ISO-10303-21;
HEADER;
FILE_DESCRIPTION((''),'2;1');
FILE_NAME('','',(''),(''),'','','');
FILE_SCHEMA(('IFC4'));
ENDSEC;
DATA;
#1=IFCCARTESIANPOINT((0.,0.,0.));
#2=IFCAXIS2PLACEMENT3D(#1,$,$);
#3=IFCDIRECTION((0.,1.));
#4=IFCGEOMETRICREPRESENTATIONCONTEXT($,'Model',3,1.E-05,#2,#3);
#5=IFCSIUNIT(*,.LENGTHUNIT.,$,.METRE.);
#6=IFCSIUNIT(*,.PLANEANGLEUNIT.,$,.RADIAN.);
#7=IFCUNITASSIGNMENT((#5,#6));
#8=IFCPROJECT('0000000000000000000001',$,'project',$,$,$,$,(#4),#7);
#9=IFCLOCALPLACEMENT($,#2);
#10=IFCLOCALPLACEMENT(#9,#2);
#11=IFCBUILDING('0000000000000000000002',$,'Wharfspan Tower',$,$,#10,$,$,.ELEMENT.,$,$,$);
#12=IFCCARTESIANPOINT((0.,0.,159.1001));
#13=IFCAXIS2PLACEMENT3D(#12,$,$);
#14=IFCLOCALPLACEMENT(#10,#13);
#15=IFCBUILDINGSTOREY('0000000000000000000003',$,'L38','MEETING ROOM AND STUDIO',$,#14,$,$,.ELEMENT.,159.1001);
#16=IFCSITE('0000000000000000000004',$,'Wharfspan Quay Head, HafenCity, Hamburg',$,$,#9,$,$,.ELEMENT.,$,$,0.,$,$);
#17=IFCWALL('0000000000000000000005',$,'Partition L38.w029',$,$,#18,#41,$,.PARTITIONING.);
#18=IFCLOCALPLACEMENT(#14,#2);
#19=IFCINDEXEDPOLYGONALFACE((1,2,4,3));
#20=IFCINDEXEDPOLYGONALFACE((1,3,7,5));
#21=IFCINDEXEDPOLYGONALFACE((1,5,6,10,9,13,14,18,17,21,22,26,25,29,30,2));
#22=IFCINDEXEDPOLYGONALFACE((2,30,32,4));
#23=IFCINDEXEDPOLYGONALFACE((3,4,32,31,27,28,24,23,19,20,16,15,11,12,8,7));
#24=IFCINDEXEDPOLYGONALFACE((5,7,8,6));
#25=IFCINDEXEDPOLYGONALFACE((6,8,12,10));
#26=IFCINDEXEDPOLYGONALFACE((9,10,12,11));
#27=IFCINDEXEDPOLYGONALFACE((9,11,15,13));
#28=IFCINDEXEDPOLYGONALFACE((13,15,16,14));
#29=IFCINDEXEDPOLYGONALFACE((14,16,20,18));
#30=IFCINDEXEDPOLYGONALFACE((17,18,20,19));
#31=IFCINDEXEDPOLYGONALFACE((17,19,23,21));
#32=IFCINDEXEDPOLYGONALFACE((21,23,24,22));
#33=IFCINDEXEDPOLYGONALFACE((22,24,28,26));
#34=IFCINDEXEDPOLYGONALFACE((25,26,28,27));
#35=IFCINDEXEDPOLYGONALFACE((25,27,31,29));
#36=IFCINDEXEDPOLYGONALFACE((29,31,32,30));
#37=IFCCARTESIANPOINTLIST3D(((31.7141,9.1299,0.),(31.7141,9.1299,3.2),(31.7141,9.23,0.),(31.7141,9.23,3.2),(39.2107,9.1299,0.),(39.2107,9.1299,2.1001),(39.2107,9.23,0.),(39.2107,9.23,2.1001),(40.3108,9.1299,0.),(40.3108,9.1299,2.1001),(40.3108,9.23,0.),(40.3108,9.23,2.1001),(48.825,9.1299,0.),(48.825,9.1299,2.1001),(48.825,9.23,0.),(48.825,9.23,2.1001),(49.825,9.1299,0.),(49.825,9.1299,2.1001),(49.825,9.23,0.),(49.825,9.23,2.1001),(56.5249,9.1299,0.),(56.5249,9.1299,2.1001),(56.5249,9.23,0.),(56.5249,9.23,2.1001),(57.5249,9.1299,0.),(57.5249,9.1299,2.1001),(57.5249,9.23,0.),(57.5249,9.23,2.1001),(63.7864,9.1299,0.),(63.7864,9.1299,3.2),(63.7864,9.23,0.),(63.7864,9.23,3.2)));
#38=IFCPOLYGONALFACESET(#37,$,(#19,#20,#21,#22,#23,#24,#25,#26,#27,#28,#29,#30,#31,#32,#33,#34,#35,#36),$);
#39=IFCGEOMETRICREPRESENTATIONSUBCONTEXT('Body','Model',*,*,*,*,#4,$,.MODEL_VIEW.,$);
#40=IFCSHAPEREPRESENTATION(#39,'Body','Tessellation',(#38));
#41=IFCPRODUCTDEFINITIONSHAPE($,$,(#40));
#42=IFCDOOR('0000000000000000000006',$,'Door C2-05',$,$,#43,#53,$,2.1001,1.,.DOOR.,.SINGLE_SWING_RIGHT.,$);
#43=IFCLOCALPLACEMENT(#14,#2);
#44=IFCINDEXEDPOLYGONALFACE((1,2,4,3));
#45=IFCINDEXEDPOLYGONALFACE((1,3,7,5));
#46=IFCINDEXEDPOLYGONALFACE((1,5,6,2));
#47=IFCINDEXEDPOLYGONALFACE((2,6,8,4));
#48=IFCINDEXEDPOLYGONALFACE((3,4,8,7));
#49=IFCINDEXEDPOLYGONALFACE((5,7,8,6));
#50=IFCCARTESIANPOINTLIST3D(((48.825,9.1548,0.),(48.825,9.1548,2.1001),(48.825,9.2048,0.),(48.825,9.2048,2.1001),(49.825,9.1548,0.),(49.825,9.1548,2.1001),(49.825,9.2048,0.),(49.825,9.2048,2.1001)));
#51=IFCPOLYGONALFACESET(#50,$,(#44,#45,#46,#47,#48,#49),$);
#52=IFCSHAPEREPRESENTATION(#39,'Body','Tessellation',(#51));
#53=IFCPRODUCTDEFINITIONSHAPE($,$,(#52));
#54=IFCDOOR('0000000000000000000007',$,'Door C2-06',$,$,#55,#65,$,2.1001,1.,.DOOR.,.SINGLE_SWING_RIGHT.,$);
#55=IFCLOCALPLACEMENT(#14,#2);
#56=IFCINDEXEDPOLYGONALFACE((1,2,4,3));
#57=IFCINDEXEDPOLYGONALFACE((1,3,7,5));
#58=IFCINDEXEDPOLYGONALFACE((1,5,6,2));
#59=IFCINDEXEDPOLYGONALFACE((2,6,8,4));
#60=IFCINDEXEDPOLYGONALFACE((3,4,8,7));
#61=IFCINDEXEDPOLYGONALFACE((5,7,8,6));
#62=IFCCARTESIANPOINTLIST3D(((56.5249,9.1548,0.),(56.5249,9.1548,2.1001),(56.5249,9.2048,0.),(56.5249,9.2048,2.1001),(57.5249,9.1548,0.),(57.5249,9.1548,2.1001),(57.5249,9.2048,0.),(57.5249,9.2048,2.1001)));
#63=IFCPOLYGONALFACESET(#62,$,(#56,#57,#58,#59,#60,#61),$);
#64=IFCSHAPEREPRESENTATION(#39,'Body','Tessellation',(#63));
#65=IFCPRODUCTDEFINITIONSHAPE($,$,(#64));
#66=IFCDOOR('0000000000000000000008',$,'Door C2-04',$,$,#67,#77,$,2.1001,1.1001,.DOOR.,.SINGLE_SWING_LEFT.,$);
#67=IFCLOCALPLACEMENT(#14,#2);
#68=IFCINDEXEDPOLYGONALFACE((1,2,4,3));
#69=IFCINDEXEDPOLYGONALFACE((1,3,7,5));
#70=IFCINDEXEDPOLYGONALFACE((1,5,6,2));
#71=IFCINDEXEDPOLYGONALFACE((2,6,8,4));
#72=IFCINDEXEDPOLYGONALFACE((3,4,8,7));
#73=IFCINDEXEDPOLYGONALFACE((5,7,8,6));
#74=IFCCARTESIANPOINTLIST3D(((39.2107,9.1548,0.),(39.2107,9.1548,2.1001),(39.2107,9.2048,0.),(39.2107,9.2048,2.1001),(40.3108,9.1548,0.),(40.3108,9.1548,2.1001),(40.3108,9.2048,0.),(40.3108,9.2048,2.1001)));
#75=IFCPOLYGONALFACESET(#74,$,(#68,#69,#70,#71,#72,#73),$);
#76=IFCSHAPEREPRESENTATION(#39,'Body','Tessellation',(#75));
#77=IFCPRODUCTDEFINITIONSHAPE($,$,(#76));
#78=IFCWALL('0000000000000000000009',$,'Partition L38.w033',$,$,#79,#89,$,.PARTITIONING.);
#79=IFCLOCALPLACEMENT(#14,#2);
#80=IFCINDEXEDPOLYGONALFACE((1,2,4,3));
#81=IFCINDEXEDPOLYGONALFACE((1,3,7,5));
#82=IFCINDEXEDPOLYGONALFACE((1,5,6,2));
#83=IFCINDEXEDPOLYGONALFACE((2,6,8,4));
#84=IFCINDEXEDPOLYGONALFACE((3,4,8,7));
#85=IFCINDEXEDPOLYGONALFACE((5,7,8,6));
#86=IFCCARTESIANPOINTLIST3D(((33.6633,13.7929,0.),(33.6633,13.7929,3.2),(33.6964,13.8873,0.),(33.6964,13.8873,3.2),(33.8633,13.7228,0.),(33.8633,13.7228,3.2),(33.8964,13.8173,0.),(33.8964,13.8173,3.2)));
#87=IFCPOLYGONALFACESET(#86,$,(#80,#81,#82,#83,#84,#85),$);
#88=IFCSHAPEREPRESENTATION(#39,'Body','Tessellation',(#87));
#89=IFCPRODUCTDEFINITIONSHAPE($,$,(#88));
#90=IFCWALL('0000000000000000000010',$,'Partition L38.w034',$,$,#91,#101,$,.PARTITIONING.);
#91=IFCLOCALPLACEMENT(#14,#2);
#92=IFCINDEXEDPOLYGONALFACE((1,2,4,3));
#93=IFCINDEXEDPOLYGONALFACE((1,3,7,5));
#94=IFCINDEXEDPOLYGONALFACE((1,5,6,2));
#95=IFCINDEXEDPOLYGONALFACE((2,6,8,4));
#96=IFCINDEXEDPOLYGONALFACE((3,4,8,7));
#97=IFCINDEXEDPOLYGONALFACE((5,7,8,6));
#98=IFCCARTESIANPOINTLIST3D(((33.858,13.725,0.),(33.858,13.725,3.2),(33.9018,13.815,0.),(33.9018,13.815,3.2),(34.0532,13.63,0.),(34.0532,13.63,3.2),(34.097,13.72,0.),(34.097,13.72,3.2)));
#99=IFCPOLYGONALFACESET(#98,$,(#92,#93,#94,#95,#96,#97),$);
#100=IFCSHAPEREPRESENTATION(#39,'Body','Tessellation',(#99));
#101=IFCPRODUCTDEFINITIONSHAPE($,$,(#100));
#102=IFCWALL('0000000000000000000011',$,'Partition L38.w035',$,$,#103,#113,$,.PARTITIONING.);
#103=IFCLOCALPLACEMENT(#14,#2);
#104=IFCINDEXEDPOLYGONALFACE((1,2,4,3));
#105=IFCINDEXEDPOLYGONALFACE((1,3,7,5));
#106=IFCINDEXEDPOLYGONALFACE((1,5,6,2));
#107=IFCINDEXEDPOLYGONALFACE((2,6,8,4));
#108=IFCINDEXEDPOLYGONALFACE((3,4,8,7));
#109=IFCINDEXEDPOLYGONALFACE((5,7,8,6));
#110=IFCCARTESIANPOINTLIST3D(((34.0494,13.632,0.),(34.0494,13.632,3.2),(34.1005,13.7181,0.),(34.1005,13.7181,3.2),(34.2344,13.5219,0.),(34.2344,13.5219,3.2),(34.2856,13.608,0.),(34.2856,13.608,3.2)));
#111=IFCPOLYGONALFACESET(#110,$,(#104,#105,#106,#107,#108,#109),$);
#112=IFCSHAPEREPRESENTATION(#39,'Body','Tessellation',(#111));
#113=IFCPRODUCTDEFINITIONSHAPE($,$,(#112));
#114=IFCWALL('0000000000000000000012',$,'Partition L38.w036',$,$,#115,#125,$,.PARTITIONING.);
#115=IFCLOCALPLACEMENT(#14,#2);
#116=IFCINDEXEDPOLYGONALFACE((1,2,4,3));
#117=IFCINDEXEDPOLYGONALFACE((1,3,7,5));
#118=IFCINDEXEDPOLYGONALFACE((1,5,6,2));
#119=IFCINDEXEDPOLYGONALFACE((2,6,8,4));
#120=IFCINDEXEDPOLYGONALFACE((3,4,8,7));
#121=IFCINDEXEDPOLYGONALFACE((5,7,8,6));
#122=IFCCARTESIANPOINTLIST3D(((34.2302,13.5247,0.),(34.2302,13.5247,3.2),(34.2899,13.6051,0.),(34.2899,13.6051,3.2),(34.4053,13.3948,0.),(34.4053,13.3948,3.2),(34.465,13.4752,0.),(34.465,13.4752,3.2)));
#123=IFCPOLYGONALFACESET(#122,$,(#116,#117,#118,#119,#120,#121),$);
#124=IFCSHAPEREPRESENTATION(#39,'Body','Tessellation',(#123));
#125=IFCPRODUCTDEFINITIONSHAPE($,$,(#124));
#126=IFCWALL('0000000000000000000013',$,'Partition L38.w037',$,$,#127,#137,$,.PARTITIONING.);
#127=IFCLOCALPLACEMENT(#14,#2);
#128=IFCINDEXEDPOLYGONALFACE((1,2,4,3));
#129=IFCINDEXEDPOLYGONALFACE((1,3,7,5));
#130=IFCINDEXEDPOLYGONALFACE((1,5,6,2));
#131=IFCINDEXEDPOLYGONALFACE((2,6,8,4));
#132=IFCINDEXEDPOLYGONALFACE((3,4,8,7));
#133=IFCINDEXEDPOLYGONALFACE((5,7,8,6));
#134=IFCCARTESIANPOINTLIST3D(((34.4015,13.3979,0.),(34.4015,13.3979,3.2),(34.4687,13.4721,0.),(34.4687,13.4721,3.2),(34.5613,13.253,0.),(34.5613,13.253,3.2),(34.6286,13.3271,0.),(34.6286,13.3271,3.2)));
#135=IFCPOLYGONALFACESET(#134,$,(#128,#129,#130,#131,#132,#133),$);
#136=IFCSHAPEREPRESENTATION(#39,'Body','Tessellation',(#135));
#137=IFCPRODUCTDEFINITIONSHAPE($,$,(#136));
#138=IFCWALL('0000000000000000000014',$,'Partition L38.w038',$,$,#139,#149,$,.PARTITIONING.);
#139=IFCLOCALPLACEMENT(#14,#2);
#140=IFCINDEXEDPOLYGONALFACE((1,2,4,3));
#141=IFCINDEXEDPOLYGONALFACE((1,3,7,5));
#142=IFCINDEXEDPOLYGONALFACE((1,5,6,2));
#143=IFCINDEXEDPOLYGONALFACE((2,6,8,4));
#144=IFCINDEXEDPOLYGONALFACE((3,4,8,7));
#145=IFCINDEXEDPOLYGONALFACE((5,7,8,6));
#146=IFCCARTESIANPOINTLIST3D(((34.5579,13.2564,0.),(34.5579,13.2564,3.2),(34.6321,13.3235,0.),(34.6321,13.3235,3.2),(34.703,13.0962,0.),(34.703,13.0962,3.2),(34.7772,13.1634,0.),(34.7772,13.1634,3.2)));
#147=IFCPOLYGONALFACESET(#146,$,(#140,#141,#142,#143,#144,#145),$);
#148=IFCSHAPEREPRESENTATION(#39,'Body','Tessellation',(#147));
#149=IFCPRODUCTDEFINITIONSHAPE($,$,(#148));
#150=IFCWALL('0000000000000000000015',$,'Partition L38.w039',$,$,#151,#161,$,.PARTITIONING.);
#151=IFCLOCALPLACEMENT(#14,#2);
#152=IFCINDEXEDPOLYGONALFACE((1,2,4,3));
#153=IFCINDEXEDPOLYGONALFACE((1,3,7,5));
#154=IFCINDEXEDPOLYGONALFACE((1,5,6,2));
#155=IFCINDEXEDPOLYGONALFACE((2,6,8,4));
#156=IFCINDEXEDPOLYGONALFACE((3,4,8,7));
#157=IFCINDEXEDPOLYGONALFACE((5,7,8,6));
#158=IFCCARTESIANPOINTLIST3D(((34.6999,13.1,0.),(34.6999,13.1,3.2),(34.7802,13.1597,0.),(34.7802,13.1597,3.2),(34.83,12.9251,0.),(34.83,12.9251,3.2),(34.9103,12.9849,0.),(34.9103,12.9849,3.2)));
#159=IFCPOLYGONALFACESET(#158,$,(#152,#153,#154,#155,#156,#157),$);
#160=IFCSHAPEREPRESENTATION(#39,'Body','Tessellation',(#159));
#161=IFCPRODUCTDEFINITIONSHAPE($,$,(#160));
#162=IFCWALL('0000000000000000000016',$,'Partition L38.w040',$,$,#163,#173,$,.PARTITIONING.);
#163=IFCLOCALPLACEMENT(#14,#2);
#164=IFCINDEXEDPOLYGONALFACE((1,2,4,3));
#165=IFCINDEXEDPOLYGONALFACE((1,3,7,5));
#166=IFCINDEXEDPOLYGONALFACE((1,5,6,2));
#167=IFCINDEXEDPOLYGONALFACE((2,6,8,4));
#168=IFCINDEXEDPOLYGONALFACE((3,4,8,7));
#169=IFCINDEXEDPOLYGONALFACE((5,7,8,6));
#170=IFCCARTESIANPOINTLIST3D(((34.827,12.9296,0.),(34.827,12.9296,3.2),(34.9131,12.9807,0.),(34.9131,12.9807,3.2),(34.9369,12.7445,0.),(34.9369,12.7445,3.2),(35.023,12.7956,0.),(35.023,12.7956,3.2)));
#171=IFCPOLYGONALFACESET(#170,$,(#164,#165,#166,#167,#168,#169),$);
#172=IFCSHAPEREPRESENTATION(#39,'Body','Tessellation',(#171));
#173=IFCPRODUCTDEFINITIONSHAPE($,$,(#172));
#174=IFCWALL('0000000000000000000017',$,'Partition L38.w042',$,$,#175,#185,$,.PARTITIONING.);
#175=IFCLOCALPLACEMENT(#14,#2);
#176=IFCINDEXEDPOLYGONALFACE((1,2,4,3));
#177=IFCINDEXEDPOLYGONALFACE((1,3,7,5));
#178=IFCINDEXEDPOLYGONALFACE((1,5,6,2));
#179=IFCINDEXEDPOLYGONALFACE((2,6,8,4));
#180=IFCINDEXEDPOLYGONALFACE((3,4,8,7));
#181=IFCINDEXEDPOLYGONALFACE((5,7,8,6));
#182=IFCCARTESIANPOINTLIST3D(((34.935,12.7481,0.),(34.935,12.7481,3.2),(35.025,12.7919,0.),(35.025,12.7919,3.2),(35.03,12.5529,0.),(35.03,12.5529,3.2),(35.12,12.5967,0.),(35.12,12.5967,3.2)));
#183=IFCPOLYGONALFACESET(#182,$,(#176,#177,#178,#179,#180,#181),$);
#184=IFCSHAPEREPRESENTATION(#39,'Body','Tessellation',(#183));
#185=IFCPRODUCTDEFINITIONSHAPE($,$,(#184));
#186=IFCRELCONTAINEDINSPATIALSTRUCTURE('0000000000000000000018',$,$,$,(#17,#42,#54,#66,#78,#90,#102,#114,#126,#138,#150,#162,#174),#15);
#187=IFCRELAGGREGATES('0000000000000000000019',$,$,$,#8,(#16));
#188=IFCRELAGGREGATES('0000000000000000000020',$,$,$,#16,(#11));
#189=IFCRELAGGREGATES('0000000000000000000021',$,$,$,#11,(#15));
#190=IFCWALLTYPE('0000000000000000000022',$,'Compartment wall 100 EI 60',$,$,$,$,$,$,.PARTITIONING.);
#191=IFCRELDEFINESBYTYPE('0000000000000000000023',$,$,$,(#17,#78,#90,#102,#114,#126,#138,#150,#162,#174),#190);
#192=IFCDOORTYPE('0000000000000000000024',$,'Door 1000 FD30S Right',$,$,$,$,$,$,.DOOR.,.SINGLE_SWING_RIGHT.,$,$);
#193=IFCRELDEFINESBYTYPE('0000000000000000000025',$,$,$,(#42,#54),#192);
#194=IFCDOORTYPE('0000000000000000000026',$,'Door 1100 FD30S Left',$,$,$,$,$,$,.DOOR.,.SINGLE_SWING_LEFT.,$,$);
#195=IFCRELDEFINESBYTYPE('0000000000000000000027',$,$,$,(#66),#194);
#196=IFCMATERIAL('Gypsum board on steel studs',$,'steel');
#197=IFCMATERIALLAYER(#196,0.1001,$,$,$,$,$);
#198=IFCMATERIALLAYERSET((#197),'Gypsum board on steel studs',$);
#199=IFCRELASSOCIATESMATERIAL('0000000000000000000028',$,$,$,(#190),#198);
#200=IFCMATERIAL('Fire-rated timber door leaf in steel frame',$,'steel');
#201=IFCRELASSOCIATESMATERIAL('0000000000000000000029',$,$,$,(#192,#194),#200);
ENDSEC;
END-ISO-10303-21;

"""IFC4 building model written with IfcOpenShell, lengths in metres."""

from ifc_helpers import new_model, si_unit, direction, frame, frame_2d, origin, place, context, subcontext, project, spatial, rectangle, extrude, material, layer, layer_set, type_object, element, fill, save


model = new_model("IFC4")

# Units and contexts
model_context = context("Model", 3, precision=1e-05, world=origin(), true_north=direction((0.0, 1.0)))
body_context = subcontext(model_context, "Body", "Model", "MODEL_VIEW")
ifc_project = project(units=[si_unit("LENGTHUNIT", "METRE"), si_unit("PLANEANGLEUNIT", "RADIAN")], contexts=[model_context])

# Site, building, storey
site_placement = place(None, origin())
site = spatial("IfcSite", under=ifc_project, at=site_placement, Name="Wharfspan Quay Head, HafenCity, Hamburg", CompositionType="ELEMENT", RefElevation=0.0)
building_placement = place(site_placement, origin())
building = spatial("IfcBuilding", under=site, at=building_placement, Name="Wharfspan Tower", CompositionType="ELEMENT")
storey_placement = place(building_placement, frame((0.0, 0.0, 159.1001)))
storey = spatial("IfcBuildingStorey", under=building, at=storey_placement, Name="L38", Description="MEETING ROOM AND STUDIO", CompositionType="ELEMENT", Elevation=159.1001)

# Wall, openings, doors
ifc_material_1 = material(Name="Gypsum board on steel studs", Category="steel")
ifc_layer_1 = layer(ifc_material_1, 0.1001)
ifc_layer_set_1 = layer_set([ifc_layer_1], Name="Gypsum board on steel studs")
wall_type_1 = type_object("IfcWallType", Name="Compartment wall 100 EI 60", PredefinedType="PARTITIONING", material=ifc_layer_set_1)
wall_1_placement = place(storey_placement, frame((31.7141, 9.1799, 0.0), z_axis=(0.0, 0.0, 1.0), x_axis=(1.0, 0.0, 0.0)))
wall_1 = element("IfcWall", 1, at=wall_1_placement, inside=storey, type_object=wall_type_1, Name="Partition L38.w029", PredefinedType="PARTITIONING", context=body_context, shape_type="SweptSolid", body=[
    extrude(rectangle(XDim=32.0723, YDim=0.1001, at=frame_2d((16.0361, 0.0))), origin(), (0.0, 0.0, 1.0), 3.2),
])
opening_1_placement = place(wall_1_placement, frame((7.4966, 0.0, 0.0)))
opening_1 = element("IfcOpeningElement", 2, at=opening_1_placement, cuts=wall_1, PredefinedType="OPENING", context=body_context, shape_type="SweptSolid", body=[
    extrude(rectangle(XDim=1.1001, YDim=2.1001, at=frame_2d((0.55, 1.05))), frame((0.0, 0.0601, 0.0), z_axis=(0.0, -1.0, 0.0), x_axis=(1.0, 0.0, 0.0)), (0.0, 0.0, 1.0), 0.1201),
])
opening_2_placement = place(wall_1_placement, frame((17.1108, 0.0, 0.0)))
opening_2 = element("IfcOpeningElement", 3, at=opening_2_placement, cuts=wall_1, PredefinedType="OPENING", context=body_context, shape_type="SweptSolid", body=[
    extrude(rectangle(XDim=1.0, YDim=2.1001, at=frame_2d((0.5, 1.05))), frame((0.0, 0.0601, 0.0), z_axis=(0.0, -1.0, 0.0), x_axis=(1.0, 0.0, 0.0)), (0.0, 0.0, 1.0), 0.1201),
])
opening_3_placement = place(wall_1_placement, frame((24.8108, 0.0, 0.0)))
opening_3 = element("IfcOpeningElement", 4, at=opening_3_placement, cuts=wall_1, PredefinedType="OPENING", context=body_context, shape_type="SweptSolid", body=[
    extrude(rectangle(XDim=1.0, YDim=2.1001, at=frame_2d((0.5, 1.05))), frame((0.0, 0.0601, 0.0), z_axis=(0.0, -1.0, 0.0), x_axis=(1.0, 0.0, 0.0)), (0.0, 0.0, 1.0), 0.1201),
])
ifc_material_2 = material(Name="Fire-rated timber door leaf in steel frame", Category="steel")
door_type_1 = type_object("IfcDoorType", Name="Door 1000 FD30S Right", OperationType="SINGLE_SWING_RIGHT", PredefinedType="DOOR", material=ifc_material_2)
door_1_placement = place(opening_2_placement, origin())
door_1 = element("IfcDoor", 5, at=door_1_placement, inside=storey, type_object=door_type_1, Name="Door C2-05", OperationType="SINGLE_SWING_RIGHT", OverallHeight=2.1001, OverallWidth=1.0, PredefinedType="DOOR", context=body_context, shape_type="SweptSolid", body=[
    extrude(rectangle(XDim=1.0, YDim=2.1001, at=frame_2d((0.5, 1.05))), frame((0.0, 0.0249, 0.0), z_axis=(0.0, -1.0, 0.0), x_axis=(1.0, 0.0, 0.0)), (0.0, 0.0, 1.0), 0.05),
])
fill(opening_2, door_1)
door_2_placement = place(opening_3_placement, origin())
door_2 = element("IfcDoor", 6, at=door_2_placement, inside=storey, type_object=door_type_1, Name="Door C2-06", OperationType="SINGLE_SWING_RIGHT", OverallHeight=2.1001, OverallWidth=1.0, PredefinedType="DOOR", context=body_context, shape_type="SweptSolid", body=[
    extrude(rectangle(XDim=1.0, YDim=2.1001, at=frame_2d((0.5, 1.05))), frame((0.0, 0.0249, 0.0), z_axis=(0.0, -1.0, 0.0), x_axis=(1.0, 0.0, 0.0)), (0.0, 0.0, 1.0), 0.05),
])
fill(opening_3, door_2)
door_type_2 = type_object("IfcDoorType", Name="Door 1100 FD30S Left", OperationType="SINGLE_SWING_LEFT", PredefinedType="DOOR", material=ifc_material_2)
door_3_placement = place(opening_1_placement, origin())
door_3 = element("IfcDoor", 7, at=door_3_placement, inside=storey, type_object=door_type_2, Name="Door C2-04", OperationType="SINGLE_SWING_LEFT", OverallHeight=2.1001, OverallWidth=1.1001, PredefinedType="DOOR", context=body_context, shape_type="SweptSolid", body=[
    extrude(rectangle(XDim=1.1001, YDim=2.1001, at=frame_2d((0.55, 1.05))), frame((0.0, 0.0249, 0.0), z_axis=(0.0, -1.0, 0.0), x_axis=(1.0, 0.0, 0.0)), (0.0, 0.0, 1.0), 0.05),
])
fill(opening_1, door_3)

# Walls
wall_2_placement = place(storey_placement, frame((33.8799, 13.77, 0.0), z_axis=(0.0, 0.0, 1.0), x_axis=(-0.943736, 0.330711, 0.0)))
element("IfcWall", 8, at=wall_2_placement, inside=storey, type_object=wall_type_1, Name="Partition L38.w033", PredefinedType="PARTITIONING", context=body_context, shape_type="SweptSolid", body=[
    extrude(rectangle(XDim=0.2119, YDim=0.1001, at=frame_2d((0.106, 0.0))), origin(), (0.0, 0.0, 1.0), 3.2),
])
wall_3_placement = place(storey_placement, frame((34.075, 13.675, 0.0), z_axis=(0.0, 0.0, 1.0), x_axis=(-0.899103, 0.437736, 0.0)))
element("IfcWall", 9, at=wall_3_placement, inside=storey, type_object=wall_type_1, Name="Partition L38.w034", PredefinedType="PARTITIONING", context=body_context, shape_type="SweptSolid", body=[
    extrude(rectangle(XDim=0.217, YDim=0.1001, at=frame_2d((0.1084, 0.0))), origin(), (0.0, 0.0, 1.0), 3.2),
])
wall_4_placement = place(storey_placement, frame((34.26, 13.5649, 0.0), z_axis=(0.0, 0.0, 1.0), x_axis=(-0.859387, 0.511324, 0.0)))
element("IfcWall", 10, at=wall_4_placement, inside=storey, type_object=wall_type_1, Name="Partition L38.w035", PredefinedType="PARTITIONING", context=body_context, shape_type="SweptSolid", body=[
    extrude(rectangle(XDim=0.2153, YDim=0.1001, at=frame_2d((0.1077, 0.0))), origin(), (0.0, 0.0, 1.0), 3.2),
])
wall_5_placement = place(storey_placement, frame((34.4351, 13.4351, 0.0), z_axis=(0.0, 0.0, 1.0), x_axis=(-0.803079, 0.595869, 0.0)))
element("IfcWall", 11, at=wall_5_placement, inside=storey, type_object=wall_type_1, Name="Partition L38.w036", PredefinedType="PARTITIONING", context=body_context, shape_type="SweptSolid", body=[
    extrude(rectangle(XDim=0.218, YDim=0.1001, at=frame_2d((0.1089, 0.0))), origin(), (0.0, 0.0, 1.0), 3.2),
])
wall_6_placement = place(storey_placement, frame((34.595, 13.29, 0.0), z_axis=(0.0, 0.0, 1.0), x_axis=(-0.740762, 0.671775, 0.0)))
element("IfcWall", 12, at=wall_6_placement, inside=storey, type_object=wall_type_1, Name="Partition L38.w037", PredefinedType="PARTITIONING", context=body_context, shape_type="SweptSolid", body=[
    extrude(rectangle(XDim=0.2158, YDim=0.1001, at=frame_2d((0.1079, 0.0))), origin(), (0.0, 0.0, 1.0), 3.2),
])
wall_7_placement = place(storey_placement, frame((34.74, 13.1299, 0.0), z_axis=(0.0, 0.0, 1.0), x_axis=(-0.67121, 0.741269, 0.0)))
element("IfcWall", 13, at=wall_7_placement, inside=storey, type_object=wall_type_1, Name="Partition L38.w038", PredefinedType="PARTITIONING", context=body_context, shape_type="SweptSolid", body=[
    extrude(rectangle(XDim=0.2161, YDim=0.1001, at=frame_2d((0.1079, 0.0))), origin(), (0.0, 0.0, 1.0), 3.2),
])
wall_8_placement = place(storey_placement, frame((34.8701, 12.9551, 0.0), z_axis=(0.0, 0.0, 1.0), x_axis=(-0.597126, 0.802143, 0.0)))
element("IfcWall", 14, at=wall_8_placement, inside=storey, type_object=wall_type_1, Name="Partition L38.w039", PredefinedType="PARTITIONING", context=body_context, shape_type="SweptSolid", body=[
    extrude(rectangle(XDim=0.218, YDim=0.1001, at=frame_2d((0.1089, 0.0))), origin(), (0.0, 0.0, 1.0), 3.2),
])
wall_9_placement = place(storey_placement, frame((34.98, 12.77, 0.0), z_axis=(0.0, 0.0, 1.0), x_axis=(-0.510487, 0.859887, 0.0)))
element("IfcWall", 15, at=wall_9_placement, inside=storey, type_object=wall_type_1, Name="Partition L38.w040", PredefinedType="PARTITIONING", context=body_context, shape_type="SweptSolid", body=[
    extrude(rectangle(XDim=0.2153, YDim=0.1001, at=frame_2d((0.1077, 0.0))), origin(), (0.0, 0.0, 1.0), 3.2),
])
wall_10_placement = place(storey_placement, frame((35.075, 12.575, 0.0), z_axis=(0.0, 0.0, 1.0), x_axis=(-0.437736, 0.899103, 0.0)))
element("IfcWall", 16, at=wall_10_placement, inside=storey, type_object=wall_type_1, Name="Partition L38.w042", PredefinedType="PARTITIONING", context=body_context, shape_type="SweptSolid", body=[
    extrude(rectangle(XDim=0.217, YDim=0.1001, at=frame_2d((0.1084, 0.0))), origin(), (0.0, 0.0, 1.0), 3.2),
])

save(model, "model.ifc")
